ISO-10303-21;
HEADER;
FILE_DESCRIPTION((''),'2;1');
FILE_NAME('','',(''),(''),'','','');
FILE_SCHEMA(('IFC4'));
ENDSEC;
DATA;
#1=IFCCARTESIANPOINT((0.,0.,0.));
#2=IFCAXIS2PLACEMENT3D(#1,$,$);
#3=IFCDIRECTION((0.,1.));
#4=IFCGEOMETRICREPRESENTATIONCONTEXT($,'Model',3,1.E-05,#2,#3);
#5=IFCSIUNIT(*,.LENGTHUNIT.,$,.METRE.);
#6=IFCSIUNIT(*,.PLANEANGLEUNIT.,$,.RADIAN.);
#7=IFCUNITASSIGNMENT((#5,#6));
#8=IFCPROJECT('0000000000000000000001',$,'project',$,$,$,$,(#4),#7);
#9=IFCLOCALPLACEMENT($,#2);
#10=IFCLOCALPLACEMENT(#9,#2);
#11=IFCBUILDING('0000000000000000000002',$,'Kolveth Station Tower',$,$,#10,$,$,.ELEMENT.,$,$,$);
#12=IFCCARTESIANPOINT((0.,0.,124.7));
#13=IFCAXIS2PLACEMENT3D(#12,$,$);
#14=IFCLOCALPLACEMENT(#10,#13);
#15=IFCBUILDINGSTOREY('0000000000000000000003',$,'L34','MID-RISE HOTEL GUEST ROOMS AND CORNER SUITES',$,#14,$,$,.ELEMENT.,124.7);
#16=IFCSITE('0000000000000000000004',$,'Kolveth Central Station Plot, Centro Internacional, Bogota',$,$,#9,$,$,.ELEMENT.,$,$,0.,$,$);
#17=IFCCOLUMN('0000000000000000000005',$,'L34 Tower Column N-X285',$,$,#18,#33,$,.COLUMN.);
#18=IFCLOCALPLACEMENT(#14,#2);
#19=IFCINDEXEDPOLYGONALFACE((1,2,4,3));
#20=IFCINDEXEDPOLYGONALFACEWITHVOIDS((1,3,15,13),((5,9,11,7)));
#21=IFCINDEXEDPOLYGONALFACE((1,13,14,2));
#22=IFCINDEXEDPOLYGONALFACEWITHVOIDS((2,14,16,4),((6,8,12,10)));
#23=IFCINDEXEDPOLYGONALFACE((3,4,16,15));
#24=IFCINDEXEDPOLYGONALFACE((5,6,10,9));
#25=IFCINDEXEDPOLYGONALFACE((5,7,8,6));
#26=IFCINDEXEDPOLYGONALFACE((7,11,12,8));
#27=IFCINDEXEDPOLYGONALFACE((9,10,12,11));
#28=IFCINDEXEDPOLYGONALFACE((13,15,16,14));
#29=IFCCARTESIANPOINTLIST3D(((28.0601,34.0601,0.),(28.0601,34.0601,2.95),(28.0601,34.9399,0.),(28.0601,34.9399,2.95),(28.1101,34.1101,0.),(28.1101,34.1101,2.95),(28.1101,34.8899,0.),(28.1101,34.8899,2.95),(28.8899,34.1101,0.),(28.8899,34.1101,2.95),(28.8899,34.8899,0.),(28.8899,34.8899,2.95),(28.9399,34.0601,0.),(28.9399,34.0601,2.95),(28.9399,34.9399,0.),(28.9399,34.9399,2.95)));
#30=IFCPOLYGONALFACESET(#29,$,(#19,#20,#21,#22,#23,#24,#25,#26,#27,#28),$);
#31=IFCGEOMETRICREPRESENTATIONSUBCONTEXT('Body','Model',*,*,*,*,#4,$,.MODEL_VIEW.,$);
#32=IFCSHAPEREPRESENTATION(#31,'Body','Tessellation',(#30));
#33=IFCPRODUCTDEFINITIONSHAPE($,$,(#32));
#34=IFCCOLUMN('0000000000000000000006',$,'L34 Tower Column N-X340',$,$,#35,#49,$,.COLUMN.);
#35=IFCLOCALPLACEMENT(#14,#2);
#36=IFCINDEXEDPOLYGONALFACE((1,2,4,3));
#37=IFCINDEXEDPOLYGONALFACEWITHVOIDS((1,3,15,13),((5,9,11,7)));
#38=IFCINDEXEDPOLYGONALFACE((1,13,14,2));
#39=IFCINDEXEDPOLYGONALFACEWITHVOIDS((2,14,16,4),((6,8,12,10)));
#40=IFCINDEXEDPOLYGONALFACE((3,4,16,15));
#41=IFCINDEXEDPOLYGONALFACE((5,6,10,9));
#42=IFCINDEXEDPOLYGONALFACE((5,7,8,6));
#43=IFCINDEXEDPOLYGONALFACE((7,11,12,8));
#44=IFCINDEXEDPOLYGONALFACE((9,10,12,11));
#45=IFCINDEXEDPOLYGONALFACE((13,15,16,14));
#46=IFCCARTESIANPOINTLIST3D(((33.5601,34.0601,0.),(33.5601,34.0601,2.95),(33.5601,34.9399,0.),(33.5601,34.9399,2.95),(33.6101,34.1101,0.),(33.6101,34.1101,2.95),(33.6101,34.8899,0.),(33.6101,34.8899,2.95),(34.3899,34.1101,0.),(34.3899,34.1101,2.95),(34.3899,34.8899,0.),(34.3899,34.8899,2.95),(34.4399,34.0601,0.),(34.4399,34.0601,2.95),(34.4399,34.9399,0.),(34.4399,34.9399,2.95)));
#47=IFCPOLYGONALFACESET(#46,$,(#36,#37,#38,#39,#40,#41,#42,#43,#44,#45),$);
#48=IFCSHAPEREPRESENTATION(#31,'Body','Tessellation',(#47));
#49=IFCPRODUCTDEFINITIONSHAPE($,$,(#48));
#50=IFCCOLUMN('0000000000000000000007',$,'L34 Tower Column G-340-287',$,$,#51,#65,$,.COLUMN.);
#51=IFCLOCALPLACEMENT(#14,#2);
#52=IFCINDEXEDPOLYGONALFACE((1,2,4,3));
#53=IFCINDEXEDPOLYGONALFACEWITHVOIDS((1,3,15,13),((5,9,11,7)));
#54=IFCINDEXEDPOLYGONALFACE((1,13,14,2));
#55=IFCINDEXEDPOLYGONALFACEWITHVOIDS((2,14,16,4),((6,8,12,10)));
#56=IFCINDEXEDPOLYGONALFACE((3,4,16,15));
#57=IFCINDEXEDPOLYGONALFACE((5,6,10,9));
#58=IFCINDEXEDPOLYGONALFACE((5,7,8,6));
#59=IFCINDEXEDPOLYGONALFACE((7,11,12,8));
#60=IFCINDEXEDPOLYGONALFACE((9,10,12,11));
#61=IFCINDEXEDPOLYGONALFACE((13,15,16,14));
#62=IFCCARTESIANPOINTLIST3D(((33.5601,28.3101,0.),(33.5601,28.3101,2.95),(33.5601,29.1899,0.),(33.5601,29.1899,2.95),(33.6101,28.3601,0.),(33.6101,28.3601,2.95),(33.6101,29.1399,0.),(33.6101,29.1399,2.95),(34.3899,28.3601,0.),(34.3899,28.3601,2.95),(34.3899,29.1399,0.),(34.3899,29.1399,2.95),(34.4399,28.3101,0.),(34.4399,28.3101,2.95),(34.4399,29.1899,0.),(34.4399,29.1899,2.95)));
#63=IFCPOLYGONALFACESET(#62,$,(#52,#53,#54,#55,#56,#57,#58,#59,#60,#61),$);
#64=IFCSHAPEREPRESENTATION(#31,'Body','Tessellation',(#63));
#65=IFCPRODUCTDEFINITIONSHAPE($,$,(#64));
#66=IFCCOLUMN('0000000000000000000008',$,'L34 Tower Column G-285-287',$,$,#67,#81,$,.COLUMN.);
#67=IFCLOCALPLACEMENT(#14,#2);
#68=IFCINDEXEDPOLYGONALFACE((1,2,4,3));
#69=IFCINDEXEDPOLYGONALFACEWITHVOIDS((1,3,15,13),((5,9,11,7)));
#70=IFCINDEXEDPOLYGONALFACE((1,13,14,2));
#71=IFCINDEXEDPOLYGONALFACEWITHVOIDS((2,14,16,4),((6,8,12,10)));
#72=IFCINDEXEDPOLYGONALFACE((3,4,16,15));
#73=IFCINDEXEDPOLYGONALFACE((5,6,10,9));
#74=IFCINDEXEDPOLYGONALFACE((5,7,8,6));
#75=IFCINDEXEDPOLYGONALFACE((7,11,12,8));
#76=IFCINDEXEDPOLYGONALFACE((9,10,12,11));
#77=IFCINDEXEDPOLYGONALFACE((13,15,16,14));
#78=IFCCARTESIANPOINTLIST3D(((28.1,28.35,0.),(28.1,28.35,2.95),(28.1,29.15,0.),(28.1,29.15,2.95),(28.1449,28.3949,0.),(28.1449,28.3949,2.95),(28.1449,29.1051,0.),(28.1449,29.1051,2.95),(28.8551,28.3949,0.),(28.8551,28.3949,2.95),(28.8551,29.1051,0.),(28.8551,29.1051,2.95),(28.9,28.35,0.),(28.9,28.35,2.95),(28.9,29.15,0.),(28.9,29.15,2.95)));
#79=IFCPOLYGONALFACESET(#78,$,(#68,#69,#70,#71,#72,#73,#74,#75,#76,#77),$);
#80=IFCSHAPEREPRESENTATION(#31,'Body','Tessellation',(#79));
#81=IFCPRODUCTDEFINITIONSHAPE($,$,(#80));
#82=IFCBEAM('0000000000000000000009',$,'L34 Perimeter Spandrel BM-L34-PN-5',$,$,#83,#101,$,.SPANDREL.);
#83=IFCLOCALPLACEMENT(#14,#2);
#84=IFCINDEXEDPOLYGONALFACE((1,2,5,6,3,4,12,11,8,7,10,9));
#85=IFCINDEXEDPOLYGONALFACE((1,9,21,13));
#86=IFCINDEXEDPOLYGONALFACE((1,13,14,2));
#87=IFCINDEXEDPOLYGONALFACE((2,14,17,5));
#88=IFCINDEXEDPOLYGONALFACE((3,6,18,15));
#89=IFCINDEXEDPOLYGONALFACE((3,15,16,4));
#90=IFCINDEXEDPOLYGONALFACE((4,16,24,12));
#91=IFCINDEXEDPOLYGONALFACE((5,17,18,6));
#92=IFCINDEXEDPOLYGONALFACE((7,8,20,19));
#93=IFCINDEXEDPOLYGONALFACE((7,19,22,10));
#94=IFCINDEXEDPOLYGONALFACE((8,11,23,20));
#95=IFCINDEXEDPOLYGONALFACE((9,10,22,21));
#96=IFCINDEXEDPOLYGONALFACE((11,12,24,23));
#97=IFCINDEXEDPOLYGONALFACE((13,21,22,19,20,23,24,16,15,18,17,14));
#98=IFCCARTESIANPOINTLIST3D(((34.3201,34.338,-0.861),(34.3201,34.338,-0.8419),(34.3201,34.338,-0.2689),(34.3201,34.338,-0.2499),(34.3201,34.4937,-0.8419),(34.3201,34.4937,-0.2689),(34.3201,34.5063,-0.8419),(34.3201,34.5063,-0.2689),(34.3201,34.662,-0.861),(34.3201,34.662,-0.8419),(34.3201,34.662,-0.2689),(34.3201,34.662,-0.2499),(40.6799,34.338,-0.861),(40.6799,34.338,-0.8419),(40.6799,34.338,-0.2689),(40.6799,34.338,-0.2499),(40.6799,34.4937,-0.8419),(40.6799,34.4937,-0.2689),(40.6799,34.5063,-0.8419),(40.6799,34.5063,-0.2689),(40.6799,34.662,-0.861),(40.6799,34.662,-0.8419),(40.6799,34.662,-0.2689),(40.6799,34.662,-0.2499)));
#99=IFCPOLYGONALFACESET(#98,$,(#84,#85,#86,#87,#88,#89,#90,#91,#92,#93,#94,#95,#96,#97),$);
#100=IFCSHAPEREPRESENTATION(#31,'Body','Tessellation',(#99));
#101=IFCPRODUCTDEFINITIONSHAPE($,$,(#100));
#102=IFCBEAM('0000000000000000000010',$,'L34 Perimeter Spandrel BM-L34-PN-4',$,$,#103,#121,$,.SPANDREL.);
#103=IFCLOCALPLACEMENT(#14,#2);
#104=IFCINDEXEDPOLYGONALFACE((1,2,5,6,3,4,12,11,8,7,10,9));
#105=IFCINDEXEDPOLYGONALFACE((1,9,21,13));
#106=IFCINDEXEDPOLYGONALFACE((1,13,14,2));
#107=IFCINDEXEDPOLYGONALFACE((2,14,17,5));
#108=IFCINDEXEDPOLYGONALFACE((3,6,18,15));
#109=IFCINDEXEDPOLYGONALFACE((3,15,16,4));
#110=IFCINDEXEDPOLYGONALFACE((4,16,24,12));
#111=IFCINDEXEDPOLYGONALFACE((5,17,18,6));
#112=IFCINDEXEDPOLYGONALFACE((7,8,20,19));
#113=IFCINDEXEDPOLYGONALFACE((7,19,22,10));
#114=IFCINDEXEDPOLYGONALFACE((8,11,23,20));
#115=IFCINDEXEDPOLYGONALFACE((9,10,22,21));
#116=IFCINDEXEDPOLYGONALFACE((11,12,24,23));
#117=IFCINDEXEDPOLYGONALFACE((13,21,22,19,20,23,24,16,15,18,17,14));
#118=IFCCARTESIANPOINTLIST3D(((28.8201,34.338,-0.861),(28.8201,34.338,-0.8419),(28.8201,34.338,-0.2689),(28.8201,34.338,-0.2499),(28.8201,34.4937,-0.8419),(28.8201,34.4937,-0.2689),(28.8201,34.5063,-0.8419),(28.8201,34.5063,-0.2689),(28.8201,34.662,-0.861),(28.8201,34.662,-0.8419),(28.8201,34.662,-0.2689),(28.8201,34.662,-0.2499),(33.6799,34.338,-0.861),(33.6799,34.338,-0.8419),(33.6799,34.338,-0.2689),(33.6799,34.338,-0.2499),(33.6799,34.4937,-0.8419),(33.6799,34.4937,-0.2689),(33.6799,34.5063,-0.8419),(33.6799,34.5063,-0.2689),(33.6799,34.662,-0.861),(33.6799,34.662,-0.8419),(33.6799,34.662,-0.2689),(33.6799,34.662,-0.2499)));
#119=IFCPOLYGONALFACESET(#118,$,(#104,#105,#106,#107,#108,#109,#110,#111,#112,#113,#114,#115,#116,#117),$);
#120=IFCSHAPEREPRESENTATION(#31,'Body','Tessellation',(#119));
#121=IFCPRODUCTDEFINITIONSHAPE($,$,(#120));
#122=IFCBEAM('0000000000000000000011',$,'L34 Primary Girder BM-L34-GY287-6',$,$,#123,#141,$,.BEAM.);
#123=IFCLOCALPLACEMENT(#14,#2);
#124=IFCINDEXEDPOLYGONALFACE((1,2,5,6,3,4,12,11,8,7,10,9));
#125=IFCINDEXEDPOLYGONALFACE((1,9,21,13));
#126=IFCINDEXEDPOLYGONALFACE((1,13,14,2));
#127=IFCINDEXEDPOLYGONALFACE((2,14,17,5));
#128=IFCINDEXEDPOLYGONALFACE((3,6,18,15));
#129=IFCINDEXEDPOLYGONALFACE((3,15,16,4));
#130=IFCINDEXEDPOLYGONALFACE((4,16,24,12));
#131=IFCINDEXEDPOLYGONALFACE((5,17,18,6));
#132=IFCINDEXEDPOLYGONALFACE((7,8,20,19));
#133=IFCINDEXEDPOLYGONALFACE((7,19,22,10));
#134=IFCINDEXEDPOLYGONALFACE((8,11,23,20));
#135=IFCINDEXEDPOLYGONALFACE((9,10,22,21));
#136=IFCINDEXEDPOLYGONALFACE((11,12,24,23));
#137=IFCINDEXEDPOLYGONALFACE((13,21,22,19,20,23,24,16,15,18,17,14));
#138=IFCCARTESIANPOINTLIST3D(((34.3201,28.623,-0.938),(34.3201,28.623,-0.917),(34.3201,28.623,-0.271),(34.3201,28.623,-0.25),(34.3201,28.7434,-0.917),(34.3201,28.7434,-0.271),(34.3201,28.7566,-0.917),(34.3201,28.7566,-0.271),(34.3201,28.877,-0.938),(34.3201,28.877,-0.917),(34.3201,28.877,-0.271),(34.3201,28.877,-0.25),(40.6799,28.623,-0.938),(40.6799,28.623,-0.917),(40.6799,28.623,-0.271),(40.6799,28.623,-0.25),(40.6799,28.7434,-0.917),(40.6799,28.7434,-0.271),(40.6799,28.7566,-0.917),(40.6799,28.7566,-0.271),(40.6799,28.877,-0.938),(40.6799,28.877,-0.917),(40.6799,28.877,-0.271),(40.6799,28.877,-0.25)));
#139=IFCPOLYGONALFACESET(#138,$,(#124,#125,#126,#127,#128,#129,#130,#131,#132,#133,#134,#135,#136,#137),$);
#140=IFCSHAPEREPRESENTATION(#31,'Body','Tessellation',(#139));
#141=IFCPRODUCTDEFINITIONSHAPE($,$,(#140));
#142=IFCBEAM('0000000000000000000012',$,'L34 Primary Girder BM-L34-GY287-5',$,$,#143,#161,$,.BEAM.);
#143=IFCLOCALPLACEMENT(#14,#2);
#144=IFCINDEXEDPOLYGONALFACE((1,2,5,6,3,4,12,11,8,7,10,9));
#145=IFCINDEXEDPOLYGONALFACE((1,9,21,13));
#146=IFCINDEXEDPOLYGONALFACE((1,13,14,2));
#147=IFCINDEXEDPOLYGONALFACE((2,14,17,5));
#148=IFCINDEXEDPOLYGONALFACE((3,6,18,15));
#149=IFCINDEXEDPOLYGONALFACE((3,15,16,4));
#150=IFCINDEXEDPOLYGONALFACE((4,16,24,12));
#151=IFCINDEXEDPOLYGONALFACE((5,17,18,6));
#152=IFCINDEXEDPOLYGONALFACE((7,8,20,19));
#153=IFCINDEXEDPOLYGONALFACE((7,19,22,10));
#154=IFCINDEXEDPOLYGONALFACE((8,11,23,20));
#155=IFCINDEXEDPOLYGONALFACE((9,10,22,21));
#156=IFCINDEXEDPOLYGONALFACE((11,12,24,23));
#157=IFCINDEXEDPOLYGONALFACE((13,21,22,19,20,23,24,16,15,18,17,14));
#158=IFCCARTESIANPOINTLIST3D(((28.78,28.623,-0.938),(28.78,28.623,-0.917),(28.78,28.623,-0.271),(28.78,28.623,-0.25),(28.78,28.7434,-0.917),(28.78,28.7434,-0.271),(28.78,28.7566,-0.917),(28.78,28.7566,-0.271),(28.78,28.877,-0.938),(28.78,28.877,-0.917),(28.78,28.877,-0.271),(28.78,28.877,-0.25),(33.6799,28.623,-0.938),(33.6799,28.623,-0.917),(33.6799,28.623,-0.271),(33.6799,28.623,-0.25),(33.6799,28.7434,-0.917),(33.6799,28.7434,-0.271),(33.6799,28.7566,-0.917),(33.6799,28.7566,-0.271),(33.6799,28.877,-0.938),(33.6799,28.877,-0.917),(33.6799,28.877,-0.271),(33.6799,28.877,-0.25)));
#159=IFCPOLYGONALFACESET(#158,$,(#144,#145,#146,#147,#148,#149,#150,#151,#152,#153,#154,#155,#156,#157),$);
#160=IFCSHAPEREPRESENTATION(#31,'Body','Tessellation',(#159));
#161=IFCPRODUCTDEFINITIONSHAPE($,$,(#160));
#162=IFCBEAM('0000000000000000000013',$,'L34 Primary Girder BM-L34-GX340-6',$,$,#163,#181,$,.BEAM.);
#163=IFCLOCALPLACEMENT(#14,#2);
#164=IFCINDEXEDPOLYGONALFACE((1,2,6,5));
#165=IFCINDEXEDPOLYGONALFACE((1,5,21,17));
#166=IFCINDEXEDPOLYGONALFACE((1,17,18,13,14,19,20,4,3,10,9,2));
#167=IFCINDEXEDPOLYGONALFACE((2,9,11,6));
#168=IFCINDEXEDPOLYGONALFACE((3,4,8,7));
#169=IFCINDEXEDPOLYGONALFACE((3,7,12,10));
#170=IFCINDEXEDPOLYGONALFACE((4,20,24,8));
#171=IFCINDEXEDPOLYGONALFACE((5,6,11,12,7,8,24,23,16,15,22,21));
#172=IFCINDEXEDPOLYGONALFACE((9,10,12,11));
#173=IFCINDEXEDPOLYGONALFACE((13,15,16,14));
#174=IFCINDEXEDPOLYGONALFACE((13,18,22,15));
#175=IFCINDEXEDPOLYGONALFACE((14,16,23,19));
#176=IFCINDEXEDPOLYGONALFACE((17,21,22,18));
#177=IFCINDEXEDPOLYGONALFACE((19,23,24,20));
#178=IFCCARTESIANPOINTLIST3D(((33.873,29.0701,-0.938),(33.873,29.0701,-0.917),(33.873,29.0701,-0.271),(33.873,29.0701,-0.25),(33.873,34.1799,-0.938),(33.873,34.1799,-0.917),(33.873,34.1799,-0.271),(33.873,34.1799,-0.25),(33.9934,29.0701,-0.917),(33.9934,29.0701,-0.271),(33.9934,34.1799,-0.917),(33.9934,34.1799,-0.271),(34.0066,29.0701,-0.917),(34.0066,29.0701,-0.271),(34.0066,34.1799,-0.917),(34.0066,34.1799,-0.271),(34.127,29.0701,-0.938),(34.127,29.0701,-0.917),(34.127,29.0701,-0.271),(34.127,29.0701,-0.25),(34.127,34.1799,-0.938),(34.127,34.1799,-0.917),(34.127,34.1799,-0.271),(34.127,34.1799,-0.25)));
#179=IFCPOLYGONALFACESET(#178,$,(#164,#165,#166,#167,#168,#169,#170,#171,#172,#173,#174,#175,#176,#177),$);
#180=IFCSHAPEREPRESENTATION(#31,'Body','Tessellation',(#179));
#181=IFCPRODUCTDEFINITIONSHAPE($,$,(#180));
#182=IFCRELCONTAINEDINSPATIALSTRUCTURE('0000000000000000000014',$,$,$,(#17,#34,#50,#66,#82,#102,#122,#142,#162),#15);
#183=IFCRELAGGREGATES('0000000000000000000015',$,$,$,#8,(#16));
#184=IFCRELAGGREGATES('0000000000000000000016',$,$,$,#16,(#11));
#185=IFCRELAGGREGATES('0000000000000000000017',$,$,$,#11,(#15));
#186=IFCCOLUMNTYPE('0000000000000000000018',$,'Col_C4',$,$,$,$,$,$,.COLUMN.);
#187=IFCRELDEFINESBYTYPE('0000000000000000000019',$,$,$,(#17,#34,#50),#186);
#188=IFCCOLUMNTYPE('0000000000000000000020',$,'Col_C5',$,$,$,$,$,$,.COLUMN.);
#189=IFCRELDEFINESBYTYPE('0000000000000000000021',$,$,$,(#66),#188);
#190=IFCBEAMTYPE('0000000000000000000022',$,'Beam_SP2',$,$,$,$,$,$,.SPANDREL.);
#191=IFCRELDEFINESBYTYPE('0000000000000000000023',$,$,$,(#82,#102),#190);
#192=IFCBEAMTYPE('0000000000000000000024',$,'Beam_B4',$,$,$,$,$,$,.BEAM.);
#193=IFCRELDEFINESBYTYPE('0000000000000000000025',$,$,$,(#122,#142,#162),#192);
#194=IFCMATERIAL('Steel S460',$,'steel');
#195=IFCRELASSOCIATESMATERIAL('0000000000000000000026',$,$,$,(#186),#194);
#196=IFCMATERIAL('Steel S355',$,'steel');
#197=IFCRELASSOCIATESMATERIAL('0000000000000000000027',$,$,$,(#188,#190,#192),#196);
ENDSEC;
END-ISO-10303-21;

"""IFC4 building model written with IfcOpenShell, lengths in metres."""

from ifc_helpers import new_model, si_unit, direction, frame, origin, origin_2d, place, context, subcontext, project, spatial, hollow_rectangle, i_section, extrude, source, transform, mapped, material, material_profile, profile_set, type_object, element, save


model = new_model("IFC4")

# Units and contexts
model_context = context("Model", 3, precision=1e-05, world=origin(), true_north=direction((0.0, 1.0)))
body_context = subcontext(model_context, "Body", "Model", "MODEL_VIEW")
ifc_project = project(units=[si_unit("LENGTHUNIT", "METRE"), si_unit("PLANEANGLEUNIT", "RADIAN")], contexts=[model_context])

# Site, building, storey
site_placement = place(None, origin())
site = spatial("IfcSite", under=ifc_project, at=site_placement, Name="Kolveth Central Station Plot, Centro Internacional, Bogota", CompositionType="ELEMENT", RefElevation=0.0)
building_placement = place(site_placement, origin())
building = spatial("IfcBuilding", under=site, at=building_placement, Name="Kolveth Station Tower", CompositionType="ELEMENT")
storey_placement = place(building_placement, frame((0.0, 0.0, 124.7)))
storey = spatial("IfcBuildingStorey", under=building, at=storey_placement, Name="L34", Description="MID-RISE HOTEL GUEST ROOMS AND CORNER SUITES", CompositionType="ELEMENT", Elevation=124.7)

# Columns
ifc_material_1 = material(Name="Steel S460", Category="steel")
ifc_material_profile_1 = material_profile(ifc_material_1, hollow_rectangle(XDim=0.8799, YDim=0.8799, WallThickness=0.05, at=origin_2d()), Name="BOX880x880x50")
ifc_profile_set_1 = profile_set([ifc_material_profile_1], Name="Steel S460")
column_type_1 = type_object("IfcColumnType", Name="Col_C4", PredefinedType="COLUMN", material=ifc_profile_set_1)
shared_shape_1 = source(origin(), body_context, "Body", "SweptSolid", [
    extrude(hollow_rectangle(XDim=0.8799, YDim=0.8799, WallThickness=0.05, at=origin_2d()), origin(), (0.0, 0.0, 1.0), 2.95),
])
for number, where, z_axis, x_axis, name in (
    (1, (28.5, 34.5, 0.0), (0.0, 0.0, 1.0), (1.0, 0.0, 0.0), "L34 Tower Column N-X285"),
    (2, (34.0, 34.5, 0.0), (0.0, 0.0, 1.0), (1.0, 0.0, 0.0), "L34 Tower Column N-X340"),
    (3, (34.0, 28.75, 0.0), (0.0, 0.0, 1.0), (1.0, 0.0, 0.0), "L34 Tower Column G-340-287"),
):
    element("IfcColumn", number, at=place(storey_placement, frame(where, z_axis=z_axis, x_axis=x_axis)), inside=storey, type_object=column_type_1, Name=name, PredefinedType="COLUMN", context=body_context, shape_type="MappedRepresentation", body=[
        mapped(shared_shape_1, transform((0.0, 0.0, 0.0), x_axis=(1.0, 0.0, 0.0), y_axis=(0.0, 1.0, 0.0), z_axis=(0.0, 0.0, 1.0), scale=1.0)),
    ])
ifc_material_2 = material(Name="Steel S355", Category="steel")
ifc_material_profile_2 = material_profile(ifc_material_2, hollow_rectangle(XDim=0.8, YDim=0.8, WallThickness=0.0449, at=origin_2d()), Name="BOX800x800x45")
ifc_profile_set_2 = profile_set([ifc_material_profile_2], Name="Steel S355")
column_type_2 = type_object("IfcColumnType", Name="Col_C5", PredefinedType="COLUMN", material=ifc_profile_set_2)
shared_shape_2 = source(origin(), body_context, "Body", "SweptSolid", [
    extrude(hollow_rectangle(XDim=0.8, YDim=0.8, WallThickness=0.0449, at=origin_2d()), origin(), (0.0, 0.0, 1.0), 2.95),
])
column_placement = place(storey_placement, frame((28.5, 28.75, 0.0), z_axis=(0.0, 0.0, 1.0), x_axis=(1.0, 0.0, 0.0)))
element("IfcColumn", 4, at=column_placement, inside=storey, type_object=column_type_2, Name="L34 Tower Column G-285-287", PredefinedType="COLUMN", context=body_context, shape_type="MappedRepresentation", body=[
    mapped(shared_shape_2, transform((0.0, 0.0, 0.0), x_axis=(1.0, 0.0, 0.0), y_axis=(0.0, 1.0, 0.0), z_axis=(0.0, 0.0, 1.0), scale=1.0)),
])

# Beams
ifc_material_profile_3 = material_profile(ifc_material_2, i_section(OverallWidth=0.324, OverallDepth=0.6111, WebThickness=0.0127, FlangeThickness=0.019, at=origin_2d()), Name="W610x155")
ifc_profile_set_3 = profile_set([ifc_material_profile_3], Name="Steel S355")
beam_type_1 = type_object("IfcBeamType", Name="Beam_SP2", PredefinedType="SPANDREL", material=ifc_profile_set_3)
shared_shape_3 = source(origin(), body_context, "Body", "SweptSolid", [
    extrude(i_section(OverallWidth=0.324, OverallDepth=0.6111, WebThickness=0.0127, FlangeThickness=0.019, at=origin_2d()), origin(), (0.0, 0.0, 1.0), 6.3599),
])
beam_1_placement = place(storey_placement, frame((34.3201, 34.5, -0.5554), z_axis=(1.0, 0.0, 0.0), x_axis=(0.0, 1.0, 0.0)))
element("IfcBeam", 5, at=beam_1_placement, inside=storey, type_object=beam_type_1, Name="L34 Perimeter Spandrel BM-L34-PN-5", PredefinedType="SPANDREL", context=body_context, shape_type="MappedRepresentation", body=[
    mapped(shared_shape_3, transform((0.0, 0.0, 0.0), x_axis=(1.0, 0.0, 0.0), y_axis=(0.0, 1.0, 0.0), z_axis=(0.0, 0.0, 1.0), scale=1.0)),
])
shared_shape_4 = source(origin(), body_context, "Body", "SweptSolid", [
    extrude(i_section(OverallWidth=0.324, OverallDepth=0.6111, WebThickness=0.0127, FlangeThickness=0.019, at=origin_2d()), origin(), (0.0, 0.0, 1.0), 4.8599),
])
beam_2_placement = place(storey_placement, frame((28.8201, 34.5, -0.5554), z_axis=(1.0, 0.0, 0.0), x_axis=(0.0, 1.0, 0.0)))
element("IfcBeam", 6, at=beam_2_placement, inside=storey, type_object=beam_type_1, Name="L34 Perimeter Spandrel BM-L34-PN-4", PredefinedType="SPANDREL", context=body_context, shape_type="MappedRepresentation", body=[
    mapped(shared_shape_4, transform((0.0, 0.0, 0.0), x_axis=(1.0, 0.0, 0.0), y_axis=(0.0, 1.0, 0.0), z_axis=(0.0, 0.0, 1.0), scale=1.0)),
])
ifc_material_profile_4 = material_profile(ifc_material_2, i_section(OverallWidth=0.2539, OverallDepth=0.688, WebThickness=0.0132, FlangeThickness=0.021, at=origin_2d()), Name="W690x152")
ifc_profile_set_4 = profile_set([ifc_material_profile_4], Name="Steel S355")
beam_type_2 = type_object("IfcBeamType", Name="Beam_B4", PredefinedType="BEAM", material=ifc_profile_set_4)
shared_shape_5 = source(origin(), body_context, "Body", "SweptSolid", [
    extrude(i_section(OverallWidth=0.2539, OverallDepth=0.688, WebThickness=0.0132, FlangeThickness=0.021, at=origin_2d()), origin(), (0.0, 0.0, 1.0), 6.3599),
])
beam_3_placement = place(storey_placement, frame((34.3201, 28.75, -0.594), z_axis=(1.0, 0.0, 0.0), x_axis=(0.0, 1.0, 0.0)))
element("IfcBeam", 7, at=beam_3_placement, inside=storey, type_object=beam_type_2, Name="L34 Primary Girder BM-L34-GY287-6", PredefinedType="BEAM", context=body_context, shape_type="MappedRepresentation", body=[
    mapped(shared_shape_5, transform((0.0, 0.0, 0.0), x_axis=(1.0, 0.0, 0.0), y_axis=(0.0, 1.0, 0.0), z_axis=(0.0, 0.0, 1.0), scale=1.0)),
])
shared_shape_6 = source(origin(), body_context, "Body", "SweptSolid", [
    extrude(i_section(OverallWidth=0.2539, OverallDepth=0.688, WebThickness=0.0132, FlangeThickness=0.021, at=origin_2d()), origin(), (0.0, 0.0, 1.0), 4.8999),
])
beam_4_placement = place(storey_placement, frame((28.78, 28.75, -0.594), z_axis=(1.0, 0.0, 0.0), x_axis=(0.0, 1.0, 0.0)))
element("IfcBeam", 8, at=beam_4_placement, inside=storey, type_object=beam_type_2, Name="L34 Primary Girder BM-L34-GY287-5", PredefinedType="BEAM", context=body_context, shape_type="MappedRepresentation", body=[
    mapped(shared_shape_6, transform((0.0, 0.0, 0.0), x_axis=(1.0, 0.0, 0.0), y_axis=(0.0, 1.0, 0.0), z_axis=(0.0, 0.0, 1.0), scale=1.0)),
])
shared_shape_7 = source(origin(), body_context, "Body", "SweptSolid", [
    extrude(i_section(OverallWidth=0.2539, OverallDepth=0.688, WebThickness=0.0132, FlangeThickness=0.021, at=origin_2d()), origin(), (0.0, 0.0, 1.0), 5.1099),
])
beam_5_placement = place(storey_placement, frame((34.0, 29.0701, -0.594), z_axis=(0.0, 1.0, 0.0), x_axis=(-1.0, 0.0, 0.0)))
element("IfcBeam", 9, at=beam_5_placement, inside=storey, type_object=beam_type_2, Name="L34 Primary Girder BM-L34-GX340-6", PredefinedType="BEAM", context=body_context, shape_type="MappedRepresentation", body=[
    mapped(shared_shape_7, transform((0.0, 0.0, 0.0), x_axis=(1.0, 0.0, 0.0), y_axis=(0.0, 1.0, 0.0), z_axis=(0.0, 0.0, 1.0), scale=1.0)),
])

save(model, "model.ifc")
